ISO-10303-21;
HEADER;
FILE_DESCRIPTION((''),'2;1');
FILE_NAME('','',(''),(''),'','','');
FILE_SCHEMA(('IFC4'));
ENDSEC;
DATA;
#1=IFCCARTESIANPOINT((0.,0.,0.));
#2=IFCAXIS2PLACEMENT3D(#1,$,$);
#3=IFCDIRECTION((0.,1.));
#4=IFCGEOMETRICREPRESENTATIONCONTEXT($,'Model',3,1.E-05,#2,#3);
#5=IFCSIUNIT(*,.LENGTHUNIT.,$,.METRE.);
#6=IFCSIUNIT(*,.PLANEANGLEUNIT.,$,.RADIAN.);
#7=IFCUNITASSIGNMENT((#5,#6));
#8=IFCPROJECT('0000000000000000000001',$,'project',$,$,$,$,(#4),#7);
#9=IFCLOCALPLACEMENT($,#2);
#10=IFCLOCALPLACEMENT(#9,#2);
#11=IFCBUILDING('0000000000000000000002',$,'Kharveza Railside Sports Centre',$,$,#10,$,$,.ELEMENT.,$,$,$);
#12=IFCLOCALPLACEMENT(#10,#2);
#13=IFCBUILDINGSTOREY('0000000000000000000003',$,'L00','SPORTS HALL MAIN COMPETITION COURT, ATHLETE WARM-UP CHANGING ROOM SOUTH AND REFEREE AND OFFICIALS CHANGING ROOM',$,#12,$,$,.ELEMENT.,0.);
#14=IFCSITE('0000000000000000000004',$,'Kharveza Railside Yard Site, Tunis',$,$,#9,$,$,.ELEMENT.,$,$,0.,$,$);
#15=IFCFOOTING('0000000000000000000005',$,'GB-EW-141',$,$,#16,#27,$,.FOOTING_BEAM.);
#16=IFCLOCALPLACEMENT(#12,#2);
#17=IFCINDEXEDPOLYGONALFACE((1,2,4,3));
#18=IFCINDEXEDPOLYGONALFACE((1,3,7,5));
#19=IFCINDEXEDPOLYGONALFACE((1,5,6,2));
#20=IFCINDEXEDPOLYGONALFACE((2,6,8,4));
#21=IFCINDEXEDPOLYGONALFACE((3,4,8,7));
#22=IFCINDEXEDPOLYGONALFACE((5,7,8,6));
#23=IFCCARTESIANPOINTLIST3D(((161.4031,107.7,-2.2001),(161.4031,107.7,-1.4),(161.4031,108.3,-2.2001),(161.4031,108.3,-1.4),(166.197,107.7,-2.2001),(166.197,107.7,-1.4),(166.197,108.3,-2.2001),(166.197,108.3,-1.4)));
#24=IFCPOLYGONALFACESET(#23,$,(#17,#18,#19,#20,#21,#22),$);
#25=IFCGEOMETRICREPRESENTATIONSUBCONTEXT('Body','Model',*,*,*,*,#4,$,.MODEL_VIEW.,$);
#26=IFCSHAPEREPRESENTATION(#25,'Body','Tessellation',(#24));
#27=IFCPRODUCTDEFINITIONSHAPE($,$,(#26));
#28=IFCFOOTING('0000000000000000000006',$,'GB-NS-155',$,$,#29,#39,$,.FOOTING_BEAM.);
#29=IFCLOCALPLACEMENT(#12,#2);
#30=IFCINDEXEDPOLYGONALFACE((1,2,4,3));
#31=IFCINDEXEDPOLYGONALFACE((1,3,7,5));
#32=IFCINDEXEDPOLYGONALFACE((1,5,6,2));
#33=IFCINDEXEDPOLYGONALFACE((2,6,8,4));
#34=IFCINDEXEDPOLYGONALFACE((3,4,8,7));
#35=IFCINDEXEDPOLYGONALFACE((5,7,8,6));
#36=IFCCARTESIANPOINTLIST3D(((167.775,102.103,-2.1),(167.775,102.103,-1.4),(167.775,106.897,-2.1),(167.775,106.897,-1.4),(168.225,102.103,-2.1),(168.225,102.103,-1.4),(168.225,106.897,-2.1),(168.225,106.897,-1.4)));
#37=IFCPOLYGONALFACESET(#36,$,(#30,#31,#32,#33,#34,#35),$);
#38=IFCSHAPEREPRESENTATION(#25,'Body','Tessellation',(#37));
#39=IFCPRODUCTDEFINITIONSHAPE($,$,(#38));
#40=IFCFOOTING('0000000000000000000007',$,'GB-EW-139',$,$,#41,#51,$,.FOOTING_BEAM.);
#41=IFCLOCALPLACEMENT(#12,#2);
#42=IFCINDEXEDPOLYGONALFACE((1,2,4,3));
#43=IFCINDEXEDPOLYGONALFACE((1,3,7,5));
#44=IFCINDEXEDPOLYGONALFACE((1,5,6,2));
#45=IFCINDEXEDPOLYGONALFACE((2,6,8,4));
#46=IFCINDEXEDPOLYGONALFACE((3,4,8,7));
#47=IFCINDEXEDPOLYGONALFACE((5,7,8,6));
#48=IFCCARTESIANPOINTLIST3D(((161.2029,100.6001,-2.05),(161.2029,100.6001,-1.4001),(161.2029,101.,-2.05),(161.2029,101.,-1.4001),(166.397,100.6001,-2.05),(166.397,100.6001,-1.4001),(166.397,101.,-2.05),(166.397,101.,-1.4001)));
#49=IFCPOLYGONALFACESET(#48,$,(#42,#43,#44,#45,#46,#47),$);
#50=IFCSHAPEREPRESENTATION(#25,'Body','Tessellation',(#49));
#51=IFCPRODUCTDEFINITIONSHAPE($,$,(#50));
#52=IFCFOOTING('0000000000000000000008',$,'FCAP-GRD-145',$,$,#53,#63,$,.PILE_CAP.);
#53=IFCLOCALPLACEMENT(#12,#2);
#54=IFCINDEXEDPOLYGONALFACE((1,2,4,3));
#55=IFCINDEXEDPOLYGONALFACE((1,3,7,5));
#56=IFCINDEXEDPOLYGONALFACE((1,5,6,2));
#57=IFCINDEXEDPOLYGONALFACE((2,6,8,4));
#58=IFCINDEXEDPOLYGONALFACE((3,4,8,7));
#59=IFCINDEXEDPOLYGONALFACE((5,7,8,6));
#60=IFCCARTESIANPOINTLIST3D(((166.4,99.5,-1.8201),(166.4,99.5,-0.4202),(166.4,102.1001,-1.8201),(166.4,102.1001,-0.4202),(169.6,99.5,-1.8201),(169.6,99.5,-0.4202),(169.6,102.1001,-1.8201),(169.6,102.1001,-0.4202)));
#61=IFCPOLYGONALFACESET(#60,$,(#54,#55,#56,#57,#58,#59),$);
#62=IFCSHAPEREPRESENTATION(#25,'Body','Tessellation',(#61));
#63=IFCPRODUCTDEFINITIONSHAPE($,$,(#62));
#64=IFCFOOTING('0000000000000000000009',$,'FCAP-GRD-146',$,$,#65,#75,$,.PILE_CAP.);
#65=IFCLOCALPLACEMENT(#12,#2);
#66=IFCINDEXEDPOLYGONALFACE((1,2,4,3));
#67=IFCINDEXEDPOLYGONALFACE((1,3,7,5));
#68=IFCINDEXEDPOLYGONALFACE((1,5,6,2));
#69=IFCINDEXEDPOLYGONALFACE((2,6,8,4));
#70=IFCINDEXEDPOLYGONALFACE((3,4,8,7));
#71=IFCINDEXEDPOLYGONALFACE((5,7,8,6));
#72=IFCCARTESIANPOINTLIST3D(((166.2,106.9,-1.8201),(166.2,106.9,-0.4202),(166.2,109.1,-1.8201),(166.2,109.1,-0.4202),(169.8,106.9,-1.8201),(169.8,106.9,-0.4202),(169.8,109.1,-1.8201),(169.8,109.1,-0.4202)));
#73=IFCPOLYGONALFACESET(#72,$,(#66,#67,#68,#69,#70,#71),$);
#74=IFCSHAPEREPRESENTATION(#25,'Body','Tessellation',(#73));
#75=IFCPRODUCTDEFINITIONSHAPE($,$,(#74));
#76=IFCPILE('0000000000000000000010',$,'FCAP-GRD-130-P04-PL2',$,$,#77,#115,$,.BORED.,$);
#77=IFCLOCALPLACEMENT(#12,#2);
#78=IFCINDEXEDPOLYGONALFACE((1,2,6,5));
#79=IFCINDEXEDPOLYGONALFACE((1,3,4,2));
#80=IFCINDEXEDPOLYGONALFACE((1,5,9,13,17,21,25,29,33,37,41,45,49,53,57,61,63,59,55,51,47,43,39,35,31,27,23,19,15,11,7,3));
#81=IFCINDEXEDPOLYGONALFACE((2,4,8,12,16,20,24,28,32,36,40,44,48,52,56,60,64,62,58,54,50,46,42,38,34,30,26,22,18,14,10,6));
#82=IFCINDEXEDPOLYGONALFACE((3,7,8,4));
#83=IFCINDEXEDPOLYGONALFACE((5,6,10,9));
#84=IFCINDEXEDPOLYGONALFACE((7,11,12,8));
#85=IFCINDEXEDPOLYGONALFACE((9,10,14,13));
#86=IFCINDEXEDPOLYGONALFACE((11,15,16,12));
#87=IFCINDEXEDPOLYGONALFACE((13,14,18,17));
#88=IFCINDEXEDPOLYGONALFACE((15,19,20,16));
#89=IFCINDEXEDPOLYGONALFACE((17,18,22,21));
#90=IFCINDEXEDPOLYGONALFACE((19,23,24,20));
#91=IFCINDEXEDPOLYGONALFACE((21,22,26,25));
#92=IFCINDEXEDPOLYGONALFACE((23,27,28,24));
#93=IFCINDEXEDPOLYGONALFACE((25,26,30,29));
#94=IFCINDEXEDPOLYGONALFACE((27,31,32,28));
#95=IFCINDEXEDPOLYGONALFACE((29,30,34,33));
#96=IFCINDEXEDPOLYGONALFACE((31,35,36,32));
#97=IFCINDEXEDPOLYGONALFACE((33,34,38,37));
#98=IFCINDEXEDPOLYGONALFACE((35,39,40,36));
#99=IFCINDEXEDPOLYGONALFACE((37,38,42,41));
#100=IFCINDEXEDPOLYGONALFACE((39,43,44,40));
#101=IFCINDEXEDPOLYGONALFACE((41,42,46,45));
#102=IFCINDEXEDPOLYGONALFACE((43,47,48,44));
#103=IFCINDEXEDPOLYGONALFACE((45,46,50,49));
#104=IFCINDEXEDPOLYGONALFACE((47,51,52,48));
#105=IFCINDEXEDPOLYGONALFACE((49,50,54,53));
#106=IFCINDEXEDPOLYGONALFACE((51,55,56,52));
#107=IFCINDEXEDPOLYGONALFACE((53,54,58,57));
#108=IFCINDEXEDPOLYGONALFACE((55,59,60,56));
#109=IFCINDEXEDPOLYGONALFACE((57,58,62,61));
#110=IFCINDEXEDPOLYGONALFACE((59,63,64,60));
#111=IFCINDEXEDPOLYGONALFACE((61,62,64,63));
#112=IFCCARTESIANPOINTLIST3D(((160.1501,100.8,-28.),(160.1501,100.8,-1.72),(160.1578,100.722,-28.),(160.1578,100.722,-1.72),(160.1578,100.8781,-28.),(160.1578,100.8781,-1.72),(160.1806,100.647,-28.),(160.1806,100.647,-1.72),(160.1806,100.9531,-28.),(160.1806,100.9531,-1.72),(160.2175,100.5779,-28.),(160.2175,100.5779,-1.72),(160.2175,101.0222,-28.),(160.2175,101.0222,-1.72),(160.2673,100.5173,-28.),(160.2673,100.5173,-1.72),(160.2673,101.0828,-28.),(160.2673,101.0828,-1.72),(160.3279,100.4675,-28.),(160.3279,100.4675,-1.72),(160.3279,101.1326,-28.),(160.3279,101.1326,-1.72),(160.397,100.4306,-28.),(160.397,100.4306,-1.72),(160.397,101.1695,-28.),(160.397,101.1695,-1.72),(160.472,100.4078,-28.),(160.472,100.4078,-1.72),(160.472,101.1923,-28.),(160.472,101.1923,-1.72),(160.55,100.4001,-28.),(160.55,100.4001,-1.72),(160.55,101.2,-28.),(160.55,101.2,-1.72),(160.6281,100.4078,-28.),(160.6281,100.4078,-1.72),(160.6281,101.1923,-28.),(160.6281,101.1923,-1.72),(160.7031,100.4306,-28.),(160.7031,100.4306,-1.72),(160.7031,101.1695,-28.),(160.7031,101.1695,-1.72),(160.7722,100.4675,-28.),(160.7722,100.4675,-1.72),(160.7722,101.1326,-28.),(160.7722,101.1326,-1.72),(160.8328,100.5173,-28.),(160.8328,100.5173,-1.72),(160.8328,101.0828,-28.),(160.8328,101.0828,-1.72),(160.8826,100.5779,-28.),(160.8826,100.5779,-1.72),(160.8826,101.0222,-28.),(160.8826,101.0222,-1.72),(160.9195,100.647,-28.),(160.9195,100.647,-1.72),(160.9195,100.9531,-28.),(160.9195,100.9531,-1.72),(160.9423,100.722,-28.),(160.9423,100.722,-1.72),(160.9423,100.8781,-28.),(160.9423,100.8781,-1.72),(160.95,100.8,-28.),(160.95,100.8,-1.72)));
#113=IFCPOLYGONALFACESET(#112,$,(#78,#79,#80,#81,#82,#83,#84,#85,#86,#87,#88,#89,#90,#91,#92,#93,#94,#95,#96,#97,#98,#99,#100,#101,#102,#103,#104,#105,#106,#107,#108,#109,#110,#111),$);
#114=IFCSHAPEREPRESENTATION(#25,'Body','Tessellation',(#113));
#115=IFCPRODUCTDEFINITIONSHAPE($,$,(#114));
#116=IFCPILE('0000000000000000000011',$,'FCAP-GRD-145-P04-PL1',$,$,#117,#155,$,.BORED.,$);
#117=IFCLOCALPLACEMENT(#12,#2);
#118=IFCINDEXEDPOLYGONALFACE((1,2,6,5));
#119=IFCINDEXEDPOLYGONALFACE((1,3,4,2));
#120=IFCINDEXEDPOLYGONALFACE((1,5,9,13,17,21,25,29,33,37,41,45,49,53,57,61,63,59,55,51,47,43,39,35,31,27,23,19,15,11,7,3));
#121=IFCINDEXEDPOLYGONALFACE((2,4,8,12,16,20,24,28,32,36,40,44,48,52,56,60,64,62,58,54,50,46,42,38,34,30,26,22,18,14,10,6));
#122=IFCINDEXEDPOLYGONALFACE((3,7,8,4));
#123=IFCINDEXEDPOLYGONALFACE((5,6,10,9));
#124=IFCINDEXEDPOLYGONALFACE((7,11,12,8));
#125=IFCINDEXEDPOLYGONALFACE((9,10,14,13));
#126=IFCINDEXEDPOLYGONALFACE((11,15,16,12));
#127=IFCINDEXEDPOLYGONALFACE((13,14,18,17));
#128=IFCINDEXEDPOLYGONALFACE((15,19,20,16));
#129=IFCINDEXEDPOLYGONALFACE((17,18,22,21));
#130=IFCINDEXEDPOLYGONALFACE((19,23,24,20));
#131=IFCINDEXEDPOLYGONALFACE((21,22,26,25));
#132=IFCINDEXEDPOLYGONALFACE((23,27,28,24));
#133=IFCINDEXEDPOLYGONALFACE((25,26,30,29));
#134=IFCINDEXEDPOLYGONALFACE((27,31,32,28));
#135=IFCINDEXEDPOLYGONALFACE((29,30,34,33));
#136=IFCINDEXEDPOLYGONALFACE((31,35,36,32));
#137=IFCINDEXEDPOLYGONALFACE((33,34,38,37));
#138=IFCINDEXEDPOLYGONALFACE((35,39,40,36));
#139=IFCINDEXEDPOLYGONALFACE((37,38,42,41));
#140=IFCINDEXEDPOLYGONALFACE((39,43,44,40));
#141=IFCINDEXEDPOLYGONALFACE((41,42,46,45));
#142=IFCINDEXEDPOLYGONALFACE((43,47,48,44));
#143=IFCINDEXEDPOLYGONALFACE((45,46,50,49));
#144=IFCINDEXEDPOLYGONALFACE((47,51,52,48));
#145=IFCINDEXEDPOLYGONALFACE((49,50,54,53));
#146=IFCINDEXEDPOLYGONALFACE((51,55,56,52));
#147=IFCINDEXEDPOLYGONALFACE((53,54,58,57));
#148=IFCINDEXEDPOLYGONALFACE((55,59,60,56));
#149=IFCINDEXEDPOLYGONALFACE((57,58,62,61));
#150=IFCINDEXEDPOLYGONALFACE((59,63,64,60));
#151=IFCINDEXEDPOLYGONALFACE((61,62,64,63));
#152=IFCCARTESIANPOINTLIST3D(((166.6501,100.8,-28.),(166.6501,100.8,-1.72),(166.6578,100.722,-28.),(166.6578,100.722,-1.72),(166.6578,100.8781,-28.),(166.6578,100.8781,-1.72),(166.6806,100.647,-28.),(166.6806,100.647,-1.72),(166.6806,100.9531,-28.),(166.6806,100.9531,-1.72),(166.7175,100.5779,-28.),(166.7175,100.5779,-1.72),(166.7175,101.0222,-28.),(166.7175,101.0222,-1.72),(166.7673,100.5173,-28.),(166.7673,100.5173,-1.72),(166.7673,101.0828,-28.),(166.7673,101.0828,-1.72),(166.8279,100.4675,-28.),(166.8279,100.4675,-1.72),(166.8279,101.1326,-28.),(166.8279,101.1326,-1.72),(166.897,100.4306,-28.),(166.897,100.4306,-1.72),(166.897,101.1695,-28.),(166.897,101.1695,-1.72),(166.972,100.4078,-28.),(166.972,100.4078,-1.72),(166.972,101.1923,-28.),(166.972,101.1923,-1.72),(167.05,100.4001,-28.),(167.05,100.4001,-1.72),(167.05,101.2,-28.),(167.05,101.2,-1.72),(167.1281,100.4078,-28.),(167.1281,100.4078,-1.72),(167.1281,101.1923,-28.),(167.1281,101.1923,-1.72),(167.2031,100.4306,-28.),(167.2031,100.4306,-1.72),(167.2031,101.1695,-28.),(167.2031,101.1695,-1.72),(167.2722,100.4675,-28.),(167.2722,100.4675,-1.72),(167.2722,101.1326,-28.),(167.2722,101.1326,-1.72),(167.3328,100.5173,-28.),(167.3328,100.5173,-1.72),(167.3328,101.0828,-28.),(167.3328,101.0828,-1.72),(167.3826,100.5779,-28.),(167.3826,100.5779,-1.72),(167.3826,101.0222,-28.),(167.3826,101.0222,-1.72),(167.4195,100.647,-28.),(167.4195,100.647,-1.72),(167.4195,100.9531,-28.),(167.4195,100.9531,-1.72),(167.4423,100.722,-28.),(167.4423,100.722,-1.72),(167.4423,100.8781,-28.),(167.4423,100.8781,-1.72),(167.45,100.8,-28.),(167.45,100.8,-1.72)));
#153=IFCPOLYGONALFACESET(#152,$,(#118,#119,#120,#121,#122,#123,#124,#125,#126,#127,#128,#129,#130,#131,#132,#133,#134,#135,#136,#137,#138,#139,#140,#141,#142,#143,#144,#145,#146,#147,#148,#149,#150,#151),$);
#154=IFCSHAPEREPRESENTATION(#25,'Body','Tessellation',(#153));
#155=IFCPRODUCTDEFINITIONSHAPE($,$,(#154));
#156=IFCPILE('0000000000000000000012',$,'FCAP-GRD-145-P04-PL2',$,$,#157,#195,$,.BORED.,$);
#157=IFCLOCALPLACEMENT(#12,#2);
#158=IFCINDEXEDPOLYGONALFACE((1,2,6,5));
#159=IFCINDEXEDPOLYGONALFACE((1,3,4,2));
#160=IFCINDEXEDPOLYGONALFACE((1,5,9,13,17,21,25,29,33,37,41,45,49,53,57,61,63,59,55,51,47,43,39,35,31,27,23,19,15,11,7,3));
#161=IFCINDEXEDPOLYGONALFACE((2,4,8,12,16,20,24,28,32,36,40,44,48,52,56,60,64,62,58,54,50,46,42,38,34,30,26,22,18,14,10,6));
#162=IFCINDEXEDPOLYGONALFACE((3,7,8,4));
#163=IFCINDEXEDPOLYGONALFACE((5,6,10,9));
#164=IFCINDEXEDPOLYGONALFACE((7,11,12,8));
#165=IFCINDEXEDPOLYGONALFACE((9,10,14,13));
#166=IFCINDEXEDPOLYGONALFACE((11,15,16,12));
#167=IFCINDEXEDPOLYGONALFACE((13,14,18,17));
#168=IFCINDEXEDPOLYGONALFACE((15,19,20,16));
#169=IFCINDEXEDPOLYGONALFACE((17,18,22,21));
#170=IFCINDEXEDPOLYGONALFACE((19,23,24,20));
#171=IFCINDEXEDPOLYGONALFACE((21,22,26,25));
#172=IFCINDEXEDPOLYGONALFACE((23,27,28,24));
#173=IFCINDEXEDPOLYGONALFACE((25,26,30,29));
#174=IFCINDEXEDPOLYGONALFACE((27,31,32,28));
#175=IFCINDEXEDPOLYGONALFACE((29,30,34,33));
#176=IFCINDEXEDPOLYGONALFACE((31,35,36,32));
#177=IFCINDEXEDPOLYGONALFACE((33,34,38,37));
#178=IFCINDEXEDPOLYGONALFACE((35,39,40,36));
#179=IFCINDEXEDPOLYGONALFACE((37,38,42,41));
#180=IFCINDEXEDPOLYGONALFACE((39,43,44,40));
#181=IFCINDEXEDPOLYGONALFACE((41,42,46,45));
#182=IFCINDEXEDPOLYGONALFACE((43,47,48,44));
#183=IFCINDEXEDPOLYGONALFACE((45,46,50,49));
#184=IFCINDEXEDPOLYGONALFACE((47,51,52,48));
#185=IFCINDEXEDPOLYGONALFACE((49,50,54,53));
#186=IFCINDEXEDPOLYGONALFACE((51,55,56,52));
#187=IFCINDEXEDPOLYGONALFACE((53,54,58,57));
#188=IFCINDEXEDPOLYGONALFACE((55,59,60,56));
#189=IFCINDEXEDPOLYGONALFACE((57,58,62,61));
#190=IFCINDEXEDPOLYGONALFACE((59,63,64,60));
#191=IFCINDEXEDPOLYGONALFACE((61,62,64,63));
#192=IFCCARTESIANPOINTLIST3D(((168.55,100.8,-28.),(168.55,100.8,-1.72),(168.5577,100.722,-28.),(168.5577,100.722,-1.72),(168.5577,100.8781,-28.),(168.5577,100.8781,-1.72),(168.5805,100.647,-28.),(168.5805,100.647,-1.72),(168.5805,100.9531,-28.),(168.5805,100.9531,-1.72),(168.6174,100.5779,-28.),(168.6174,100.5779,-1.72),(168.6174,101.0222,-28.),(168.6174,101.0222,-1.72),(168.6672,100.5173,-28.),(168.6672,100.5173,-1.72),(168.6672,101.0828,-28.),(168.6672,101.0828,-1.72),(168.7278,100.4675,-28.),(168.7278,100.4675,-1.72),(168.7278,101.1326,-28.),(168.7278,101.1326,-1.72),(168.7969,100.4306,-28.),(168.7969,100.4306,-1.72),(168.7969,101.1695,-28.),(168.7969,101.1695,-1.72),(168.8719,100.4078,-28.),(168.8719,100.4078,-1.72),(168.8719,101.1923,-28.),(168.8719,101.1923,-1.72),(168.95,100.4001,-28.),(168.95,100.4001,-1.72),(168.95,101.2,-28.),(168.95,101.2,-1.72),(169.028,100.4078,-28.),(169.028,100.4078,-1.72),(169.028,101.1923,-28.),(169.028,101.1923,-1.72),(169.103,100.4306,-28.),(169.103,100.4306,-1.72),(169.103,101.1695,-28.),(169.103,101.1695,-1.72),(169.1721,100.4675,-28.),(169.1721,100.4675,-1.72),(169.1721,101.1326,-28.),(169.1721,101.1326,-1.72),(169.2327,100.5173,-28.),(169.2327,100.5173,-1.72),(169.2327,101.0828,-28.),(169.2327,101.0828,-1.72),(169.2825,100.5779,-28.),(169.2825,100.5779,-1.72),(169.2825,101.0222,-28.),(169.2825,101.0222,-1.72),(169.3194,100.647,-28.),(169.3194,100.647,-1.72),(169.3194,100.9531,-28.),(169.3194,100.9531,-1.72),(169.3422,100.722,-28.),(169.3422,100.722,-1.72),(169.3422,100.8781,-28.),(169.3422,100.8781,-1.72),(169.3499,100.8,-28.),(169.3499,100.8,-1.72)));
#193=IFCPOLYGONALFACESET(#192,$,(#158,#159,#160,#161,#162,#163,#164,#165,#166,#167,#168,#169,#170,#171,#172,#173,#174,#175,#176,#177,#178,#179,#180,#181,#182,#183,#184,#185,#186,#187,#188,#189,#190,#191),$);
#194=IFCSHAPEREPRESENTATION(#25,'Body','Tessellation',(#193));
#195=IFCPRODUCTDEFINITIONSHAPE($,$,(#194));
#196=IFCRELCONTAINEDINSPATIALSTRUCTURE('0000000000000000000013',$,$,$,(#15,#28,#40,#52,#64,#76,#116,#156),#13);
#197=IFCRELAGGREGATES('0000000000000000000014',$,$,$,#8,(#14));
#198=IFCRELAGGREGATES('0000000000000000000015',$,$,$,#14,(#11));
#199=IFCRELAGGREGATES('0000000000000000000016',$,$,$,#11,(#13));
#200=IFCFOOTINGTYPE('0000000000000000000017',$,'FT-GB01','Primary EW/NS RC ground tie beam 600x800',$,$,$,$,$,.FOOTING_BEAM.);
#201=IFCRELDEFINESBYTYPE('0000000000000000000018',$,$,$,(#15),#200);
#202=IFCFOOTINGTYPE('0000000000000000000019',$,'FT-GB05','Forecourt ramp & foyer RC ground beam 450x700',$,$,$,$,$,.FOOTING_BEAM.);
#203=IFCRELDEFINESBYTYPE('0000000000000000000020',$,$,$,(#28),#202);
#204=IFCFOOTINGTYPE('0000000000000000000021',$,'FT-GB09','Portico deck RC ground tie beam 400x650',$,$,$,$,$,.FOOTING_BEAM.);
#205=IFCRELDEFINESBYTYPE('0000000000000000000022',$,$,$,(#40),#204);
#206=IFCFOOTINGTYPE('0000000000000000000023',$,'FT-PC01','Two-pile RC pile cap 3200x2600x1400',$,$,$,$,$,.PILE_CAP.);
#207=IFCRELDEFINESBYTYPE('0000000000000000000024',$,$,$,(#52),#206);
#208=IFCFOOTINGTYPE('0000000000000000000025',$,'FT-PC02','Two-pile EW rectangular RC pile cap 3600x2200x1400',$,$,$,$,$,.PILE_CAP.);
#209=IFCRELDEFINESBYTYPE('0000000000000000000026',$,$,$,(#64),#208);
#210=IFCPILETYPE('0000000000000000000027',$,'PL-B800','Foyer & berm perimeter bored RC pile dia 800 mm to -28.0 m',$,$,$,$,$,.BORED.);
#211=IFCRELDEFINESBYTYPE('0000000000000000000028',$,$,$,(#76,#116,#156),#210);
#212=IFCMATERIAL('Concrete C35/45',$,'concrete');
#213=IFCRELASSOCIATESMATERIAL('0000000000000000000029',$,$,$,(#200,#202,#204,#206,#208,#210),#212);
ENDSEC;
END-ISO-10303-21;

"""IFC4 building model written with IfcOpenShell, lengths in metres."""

from ifc_helpers import new_model, si_unit, direction, frame, origin, origin_2d, place, context, subcontext, project, spatial, rectangle, circle, extrude, material, material_profile, profile_set, type_object, element, save


model = new_model("IFC4")

# Units and contexts
model_context = context("Model", 3, precision=1e-05, world=origin(), true_north=direction((0.0, 1.0)))
body_context = subcontext(model_context, "Body", "Model", "MODEL_VIEW")
ifc_project = project(units=[si_unit("LENGTHUNIT", "METRE"), si_unit("PLANEANGLEUNIT", "RADIAN")], contexts=[model_context])

# Site, building, storey
site_placement = place(None, origin())
site = spatial("IfcSite", under=ifc_project, at=site_placement, Name="Kharveza Railside Yard Site, Tunis", CompositionType="ELEMENT", RefElevation=0.0)
building_placement = place(site_placement, origin())
building = spatial("IfcBuilding", under=site, at=building_placement, Name="Kharveza Railside Sports Centre", CompositionType="ELEMENT")
storey_placement = place(building_placement, origin())
storey = spatial("IfcBuildingStorey", under=building, at=storey_placement, Name="L00", Description="SPORTS HALL MAIN COMPETITION COURT, ATHLETE WARM-UP CHANGING ROOM SOUTH AND REFEREE AND OFFICIALS CHANGING ROOM", CompositionType="ELEMENT", Elevation=0.0)

# Footings
ifc_material_1 = material(Name="Concrete C35/45", Category="concrete")
ifc_material_profile_1 = material_profile(ifc_material_1, rectangle(XDim=0.6001, YDim=0.8, at=origin_2d()), Name="GB 600x800")
ifc_profile_set_1 = profile_set([ifc_material_profile_1], Name="Concrete C35/45")
footing_type_1 = type_object("IfcFootingType", Name="FT-GB01", Description="Primary EW/NS RC ground tie beam 600x800", PredefinedType="FOOTING_BEAM", material=ifc_profile_set_1)
footing_1_placement = place(storey_placement, frame((161.4031, 108.0, -1.8), z_axis=(1.0, 0.0, 0.0), x_axis=(0.0, 1.0, 0.0)))
element("IfcFooting", 1, at=footing_1_placement, inside=storey, type_object=footing_type_1, Name="GB-EW-141", PredefinedType="FOOTING_BEAM", context=body_context, shape_type="SweptSolid", body=[
    extrude(rectangle(XDim=0.6001, YDim=0.8, at=origin_2d()), origin(), (0.0, 0.0, 1.0), 4.7939),
])
ifc_material_profile_2 = material_profile(ifc_material_1, rectangle(XDim=0.45, YDim=0.7, at=origin_2d()), Name="GB 450x700")
ifc_profile_set_2 = profile_set([ifc_material_profile_2], Name="Concrete C35/45")
footing_type_2 = type_object("IfcFootingType", Name="FT-GB05", Description="Forecourt ramp & foyer RC ground beam 450x700", PredefinedType="FOOTING_BEAM", material=ifc_profile_set_2)
footing_2_placement = place(storey_placement, frame((168.0, 102.103, -1.75), z_axis=(0.0, 1.0, 0.0), x_axis=(-1.0, 0.0, 0.0)))
element("IfcFooting", 2, at=footing_2_placement, inside=storey, type_object=footing_type_2, Name="GB-NS-155", PredefinedType="FOOTING_BEAM", context=body_context, shape_type="SweptSolid", body=[
    extrude(rectangle(XDim=0.45, YDim=0.7, at=origin_2d()), origin(), (0.0, 0.0, 1.0), 4.7939),
])
ifc_material_profile_3 = material_profile(ifc_material_1, rectangle(XDim=0.3999, YDim=0.6499, at=origin_2d()), Name="GB 400x650")
ifc_profile_set_3 = profile_set([ifc_material_profile_3], Name="Concrete C35/45")
footing_type_3 = type_object("IfcFootingType", Name="FT-GB09", Description="Portico deck RC ground tie beam 400x650", PredefinedType="FOOTING_BEAM", material=ifc_profile_set_3)
footing_3_placement = place(storey_placement, frame((161.2029, 100.8, -1.7251), z_axis=(1.0, 0.0, 0.0), x_axis=(0.0, 1.0, 0.0)))
element("IfcFooting", 3, at=footing_3_placement, inside=storey, type_object=footing_type_3, Name="GB-EW-139", PredefinedType="FOOTING_BEAM", context=body_context, shape_type="SweptSolid", body=[
    extrude(rectangle(XDim=0.3999, YDim=0.6499, at=origin_2d()), origin(), (0.0, 0.0, 1.0), 5.1941),
])
footing_type_4 = type_object("IfcFootingType", Name="FT-PC01", Description="Two-pile RC pile cap 3200x2600x1400", PredefinedType="PILE_CAP", material=ifc_material_1)
footing_4_placement = place(storey_placement, frame((168.0, 100.8, -1.8201), z_axis=(0.0, 0.0, 1.0), x_axis=(1.0, 0.0, 0.0)))
element("IfcFooting", 4, at=footing_4_placement, inside=storey, type_object=footing_type_4, Name="FCAP-GRD-145", PredefinedType="PILE_CAP", context=body_context, shape_type="SweptSolid", body=[
    extrude(rectangle(XDim=3.2, YDim=2.6001, at=origin_2d()), origin(), (0.0, 0.0, 1.0), 1.3999),
])
footing_type_5 = type_object("IfcFootingType", Name="FT-PC02", Description="Two-pile EW rectangular RC pile cap 3600x2200x1400", PredefinedType="PILE_CAP", material=ifc_material_1)
footing_5_placement = place(storey_placement, frame((168.0, 108.0, -1.8201), z_axis=(0.0, 0.0, 1.0), x_axis=(1.0, 0.0, 0.0)))
element("IfcFooting", 5, at=footing_5_placement, inside=storey, type_object=footing_type_5, Name="FCAP-GRD-146", PredefinedType="PILE_CAP", context=body_context, shape_type="SweptSolid", body=[
    extrude(rectangle(XDim=3.6001, YDim=2.2, at=origin_2d()), origin(), (0.0, 0.0, 1.0), 1.3999),
])

# Piles
ifc_material_profile_4 = material_profile(ifc_material_1, circle(Radius=0.3999, at=origin_2d()), Name="PILE D800")
ifc_profile_set_4 = profile_set([ifc_material_profile_4], Name="Concrete C35/45")
pile_type_1 = type_object("IfcPileType", Name="PL-B800", Description="Foyer & berm perimeter bored RC pile dia 800 mm to -28.0 m", PredefinedType="BORED", material=ifc_profile_set_4)
for number, where, z_axis, x_axis, name in (
    (6, (160.55, 100.8, -1.72), (0.0, 0.0, -1.0), (1.0, 0.0, 0.0), "FCAP-GRD-130-P04-PL2"),
    (7, (167.05, 100.8, -1.72), (0.0, 0.0, -1.0), (1.0, 0.0, 0.0), "FCAP-GRD-145-P04-PL1"),
    (8, (168.95, 100.8, -1.72), (0.0, 0.0, -1.0), (1.0, 0.0, 0.0), "FCAP-GRD-145-P04-PL2"),
):
    element("IfcPile", number, at=place(storey_placement, frame(where, z_axis=z_axis, x_axis=x_axis)), inside=storey, type_object=pile_type_1, Name=name, PredefinedType="BORED", context=body_context, shape_type="SweptSolid", body=[
        extrude(circle(Radius=0.3999, at=origin_2d()), origin(), (0.0, 0.0, 1.0), 26.28),
    ])

save(model, "model.ifc")
